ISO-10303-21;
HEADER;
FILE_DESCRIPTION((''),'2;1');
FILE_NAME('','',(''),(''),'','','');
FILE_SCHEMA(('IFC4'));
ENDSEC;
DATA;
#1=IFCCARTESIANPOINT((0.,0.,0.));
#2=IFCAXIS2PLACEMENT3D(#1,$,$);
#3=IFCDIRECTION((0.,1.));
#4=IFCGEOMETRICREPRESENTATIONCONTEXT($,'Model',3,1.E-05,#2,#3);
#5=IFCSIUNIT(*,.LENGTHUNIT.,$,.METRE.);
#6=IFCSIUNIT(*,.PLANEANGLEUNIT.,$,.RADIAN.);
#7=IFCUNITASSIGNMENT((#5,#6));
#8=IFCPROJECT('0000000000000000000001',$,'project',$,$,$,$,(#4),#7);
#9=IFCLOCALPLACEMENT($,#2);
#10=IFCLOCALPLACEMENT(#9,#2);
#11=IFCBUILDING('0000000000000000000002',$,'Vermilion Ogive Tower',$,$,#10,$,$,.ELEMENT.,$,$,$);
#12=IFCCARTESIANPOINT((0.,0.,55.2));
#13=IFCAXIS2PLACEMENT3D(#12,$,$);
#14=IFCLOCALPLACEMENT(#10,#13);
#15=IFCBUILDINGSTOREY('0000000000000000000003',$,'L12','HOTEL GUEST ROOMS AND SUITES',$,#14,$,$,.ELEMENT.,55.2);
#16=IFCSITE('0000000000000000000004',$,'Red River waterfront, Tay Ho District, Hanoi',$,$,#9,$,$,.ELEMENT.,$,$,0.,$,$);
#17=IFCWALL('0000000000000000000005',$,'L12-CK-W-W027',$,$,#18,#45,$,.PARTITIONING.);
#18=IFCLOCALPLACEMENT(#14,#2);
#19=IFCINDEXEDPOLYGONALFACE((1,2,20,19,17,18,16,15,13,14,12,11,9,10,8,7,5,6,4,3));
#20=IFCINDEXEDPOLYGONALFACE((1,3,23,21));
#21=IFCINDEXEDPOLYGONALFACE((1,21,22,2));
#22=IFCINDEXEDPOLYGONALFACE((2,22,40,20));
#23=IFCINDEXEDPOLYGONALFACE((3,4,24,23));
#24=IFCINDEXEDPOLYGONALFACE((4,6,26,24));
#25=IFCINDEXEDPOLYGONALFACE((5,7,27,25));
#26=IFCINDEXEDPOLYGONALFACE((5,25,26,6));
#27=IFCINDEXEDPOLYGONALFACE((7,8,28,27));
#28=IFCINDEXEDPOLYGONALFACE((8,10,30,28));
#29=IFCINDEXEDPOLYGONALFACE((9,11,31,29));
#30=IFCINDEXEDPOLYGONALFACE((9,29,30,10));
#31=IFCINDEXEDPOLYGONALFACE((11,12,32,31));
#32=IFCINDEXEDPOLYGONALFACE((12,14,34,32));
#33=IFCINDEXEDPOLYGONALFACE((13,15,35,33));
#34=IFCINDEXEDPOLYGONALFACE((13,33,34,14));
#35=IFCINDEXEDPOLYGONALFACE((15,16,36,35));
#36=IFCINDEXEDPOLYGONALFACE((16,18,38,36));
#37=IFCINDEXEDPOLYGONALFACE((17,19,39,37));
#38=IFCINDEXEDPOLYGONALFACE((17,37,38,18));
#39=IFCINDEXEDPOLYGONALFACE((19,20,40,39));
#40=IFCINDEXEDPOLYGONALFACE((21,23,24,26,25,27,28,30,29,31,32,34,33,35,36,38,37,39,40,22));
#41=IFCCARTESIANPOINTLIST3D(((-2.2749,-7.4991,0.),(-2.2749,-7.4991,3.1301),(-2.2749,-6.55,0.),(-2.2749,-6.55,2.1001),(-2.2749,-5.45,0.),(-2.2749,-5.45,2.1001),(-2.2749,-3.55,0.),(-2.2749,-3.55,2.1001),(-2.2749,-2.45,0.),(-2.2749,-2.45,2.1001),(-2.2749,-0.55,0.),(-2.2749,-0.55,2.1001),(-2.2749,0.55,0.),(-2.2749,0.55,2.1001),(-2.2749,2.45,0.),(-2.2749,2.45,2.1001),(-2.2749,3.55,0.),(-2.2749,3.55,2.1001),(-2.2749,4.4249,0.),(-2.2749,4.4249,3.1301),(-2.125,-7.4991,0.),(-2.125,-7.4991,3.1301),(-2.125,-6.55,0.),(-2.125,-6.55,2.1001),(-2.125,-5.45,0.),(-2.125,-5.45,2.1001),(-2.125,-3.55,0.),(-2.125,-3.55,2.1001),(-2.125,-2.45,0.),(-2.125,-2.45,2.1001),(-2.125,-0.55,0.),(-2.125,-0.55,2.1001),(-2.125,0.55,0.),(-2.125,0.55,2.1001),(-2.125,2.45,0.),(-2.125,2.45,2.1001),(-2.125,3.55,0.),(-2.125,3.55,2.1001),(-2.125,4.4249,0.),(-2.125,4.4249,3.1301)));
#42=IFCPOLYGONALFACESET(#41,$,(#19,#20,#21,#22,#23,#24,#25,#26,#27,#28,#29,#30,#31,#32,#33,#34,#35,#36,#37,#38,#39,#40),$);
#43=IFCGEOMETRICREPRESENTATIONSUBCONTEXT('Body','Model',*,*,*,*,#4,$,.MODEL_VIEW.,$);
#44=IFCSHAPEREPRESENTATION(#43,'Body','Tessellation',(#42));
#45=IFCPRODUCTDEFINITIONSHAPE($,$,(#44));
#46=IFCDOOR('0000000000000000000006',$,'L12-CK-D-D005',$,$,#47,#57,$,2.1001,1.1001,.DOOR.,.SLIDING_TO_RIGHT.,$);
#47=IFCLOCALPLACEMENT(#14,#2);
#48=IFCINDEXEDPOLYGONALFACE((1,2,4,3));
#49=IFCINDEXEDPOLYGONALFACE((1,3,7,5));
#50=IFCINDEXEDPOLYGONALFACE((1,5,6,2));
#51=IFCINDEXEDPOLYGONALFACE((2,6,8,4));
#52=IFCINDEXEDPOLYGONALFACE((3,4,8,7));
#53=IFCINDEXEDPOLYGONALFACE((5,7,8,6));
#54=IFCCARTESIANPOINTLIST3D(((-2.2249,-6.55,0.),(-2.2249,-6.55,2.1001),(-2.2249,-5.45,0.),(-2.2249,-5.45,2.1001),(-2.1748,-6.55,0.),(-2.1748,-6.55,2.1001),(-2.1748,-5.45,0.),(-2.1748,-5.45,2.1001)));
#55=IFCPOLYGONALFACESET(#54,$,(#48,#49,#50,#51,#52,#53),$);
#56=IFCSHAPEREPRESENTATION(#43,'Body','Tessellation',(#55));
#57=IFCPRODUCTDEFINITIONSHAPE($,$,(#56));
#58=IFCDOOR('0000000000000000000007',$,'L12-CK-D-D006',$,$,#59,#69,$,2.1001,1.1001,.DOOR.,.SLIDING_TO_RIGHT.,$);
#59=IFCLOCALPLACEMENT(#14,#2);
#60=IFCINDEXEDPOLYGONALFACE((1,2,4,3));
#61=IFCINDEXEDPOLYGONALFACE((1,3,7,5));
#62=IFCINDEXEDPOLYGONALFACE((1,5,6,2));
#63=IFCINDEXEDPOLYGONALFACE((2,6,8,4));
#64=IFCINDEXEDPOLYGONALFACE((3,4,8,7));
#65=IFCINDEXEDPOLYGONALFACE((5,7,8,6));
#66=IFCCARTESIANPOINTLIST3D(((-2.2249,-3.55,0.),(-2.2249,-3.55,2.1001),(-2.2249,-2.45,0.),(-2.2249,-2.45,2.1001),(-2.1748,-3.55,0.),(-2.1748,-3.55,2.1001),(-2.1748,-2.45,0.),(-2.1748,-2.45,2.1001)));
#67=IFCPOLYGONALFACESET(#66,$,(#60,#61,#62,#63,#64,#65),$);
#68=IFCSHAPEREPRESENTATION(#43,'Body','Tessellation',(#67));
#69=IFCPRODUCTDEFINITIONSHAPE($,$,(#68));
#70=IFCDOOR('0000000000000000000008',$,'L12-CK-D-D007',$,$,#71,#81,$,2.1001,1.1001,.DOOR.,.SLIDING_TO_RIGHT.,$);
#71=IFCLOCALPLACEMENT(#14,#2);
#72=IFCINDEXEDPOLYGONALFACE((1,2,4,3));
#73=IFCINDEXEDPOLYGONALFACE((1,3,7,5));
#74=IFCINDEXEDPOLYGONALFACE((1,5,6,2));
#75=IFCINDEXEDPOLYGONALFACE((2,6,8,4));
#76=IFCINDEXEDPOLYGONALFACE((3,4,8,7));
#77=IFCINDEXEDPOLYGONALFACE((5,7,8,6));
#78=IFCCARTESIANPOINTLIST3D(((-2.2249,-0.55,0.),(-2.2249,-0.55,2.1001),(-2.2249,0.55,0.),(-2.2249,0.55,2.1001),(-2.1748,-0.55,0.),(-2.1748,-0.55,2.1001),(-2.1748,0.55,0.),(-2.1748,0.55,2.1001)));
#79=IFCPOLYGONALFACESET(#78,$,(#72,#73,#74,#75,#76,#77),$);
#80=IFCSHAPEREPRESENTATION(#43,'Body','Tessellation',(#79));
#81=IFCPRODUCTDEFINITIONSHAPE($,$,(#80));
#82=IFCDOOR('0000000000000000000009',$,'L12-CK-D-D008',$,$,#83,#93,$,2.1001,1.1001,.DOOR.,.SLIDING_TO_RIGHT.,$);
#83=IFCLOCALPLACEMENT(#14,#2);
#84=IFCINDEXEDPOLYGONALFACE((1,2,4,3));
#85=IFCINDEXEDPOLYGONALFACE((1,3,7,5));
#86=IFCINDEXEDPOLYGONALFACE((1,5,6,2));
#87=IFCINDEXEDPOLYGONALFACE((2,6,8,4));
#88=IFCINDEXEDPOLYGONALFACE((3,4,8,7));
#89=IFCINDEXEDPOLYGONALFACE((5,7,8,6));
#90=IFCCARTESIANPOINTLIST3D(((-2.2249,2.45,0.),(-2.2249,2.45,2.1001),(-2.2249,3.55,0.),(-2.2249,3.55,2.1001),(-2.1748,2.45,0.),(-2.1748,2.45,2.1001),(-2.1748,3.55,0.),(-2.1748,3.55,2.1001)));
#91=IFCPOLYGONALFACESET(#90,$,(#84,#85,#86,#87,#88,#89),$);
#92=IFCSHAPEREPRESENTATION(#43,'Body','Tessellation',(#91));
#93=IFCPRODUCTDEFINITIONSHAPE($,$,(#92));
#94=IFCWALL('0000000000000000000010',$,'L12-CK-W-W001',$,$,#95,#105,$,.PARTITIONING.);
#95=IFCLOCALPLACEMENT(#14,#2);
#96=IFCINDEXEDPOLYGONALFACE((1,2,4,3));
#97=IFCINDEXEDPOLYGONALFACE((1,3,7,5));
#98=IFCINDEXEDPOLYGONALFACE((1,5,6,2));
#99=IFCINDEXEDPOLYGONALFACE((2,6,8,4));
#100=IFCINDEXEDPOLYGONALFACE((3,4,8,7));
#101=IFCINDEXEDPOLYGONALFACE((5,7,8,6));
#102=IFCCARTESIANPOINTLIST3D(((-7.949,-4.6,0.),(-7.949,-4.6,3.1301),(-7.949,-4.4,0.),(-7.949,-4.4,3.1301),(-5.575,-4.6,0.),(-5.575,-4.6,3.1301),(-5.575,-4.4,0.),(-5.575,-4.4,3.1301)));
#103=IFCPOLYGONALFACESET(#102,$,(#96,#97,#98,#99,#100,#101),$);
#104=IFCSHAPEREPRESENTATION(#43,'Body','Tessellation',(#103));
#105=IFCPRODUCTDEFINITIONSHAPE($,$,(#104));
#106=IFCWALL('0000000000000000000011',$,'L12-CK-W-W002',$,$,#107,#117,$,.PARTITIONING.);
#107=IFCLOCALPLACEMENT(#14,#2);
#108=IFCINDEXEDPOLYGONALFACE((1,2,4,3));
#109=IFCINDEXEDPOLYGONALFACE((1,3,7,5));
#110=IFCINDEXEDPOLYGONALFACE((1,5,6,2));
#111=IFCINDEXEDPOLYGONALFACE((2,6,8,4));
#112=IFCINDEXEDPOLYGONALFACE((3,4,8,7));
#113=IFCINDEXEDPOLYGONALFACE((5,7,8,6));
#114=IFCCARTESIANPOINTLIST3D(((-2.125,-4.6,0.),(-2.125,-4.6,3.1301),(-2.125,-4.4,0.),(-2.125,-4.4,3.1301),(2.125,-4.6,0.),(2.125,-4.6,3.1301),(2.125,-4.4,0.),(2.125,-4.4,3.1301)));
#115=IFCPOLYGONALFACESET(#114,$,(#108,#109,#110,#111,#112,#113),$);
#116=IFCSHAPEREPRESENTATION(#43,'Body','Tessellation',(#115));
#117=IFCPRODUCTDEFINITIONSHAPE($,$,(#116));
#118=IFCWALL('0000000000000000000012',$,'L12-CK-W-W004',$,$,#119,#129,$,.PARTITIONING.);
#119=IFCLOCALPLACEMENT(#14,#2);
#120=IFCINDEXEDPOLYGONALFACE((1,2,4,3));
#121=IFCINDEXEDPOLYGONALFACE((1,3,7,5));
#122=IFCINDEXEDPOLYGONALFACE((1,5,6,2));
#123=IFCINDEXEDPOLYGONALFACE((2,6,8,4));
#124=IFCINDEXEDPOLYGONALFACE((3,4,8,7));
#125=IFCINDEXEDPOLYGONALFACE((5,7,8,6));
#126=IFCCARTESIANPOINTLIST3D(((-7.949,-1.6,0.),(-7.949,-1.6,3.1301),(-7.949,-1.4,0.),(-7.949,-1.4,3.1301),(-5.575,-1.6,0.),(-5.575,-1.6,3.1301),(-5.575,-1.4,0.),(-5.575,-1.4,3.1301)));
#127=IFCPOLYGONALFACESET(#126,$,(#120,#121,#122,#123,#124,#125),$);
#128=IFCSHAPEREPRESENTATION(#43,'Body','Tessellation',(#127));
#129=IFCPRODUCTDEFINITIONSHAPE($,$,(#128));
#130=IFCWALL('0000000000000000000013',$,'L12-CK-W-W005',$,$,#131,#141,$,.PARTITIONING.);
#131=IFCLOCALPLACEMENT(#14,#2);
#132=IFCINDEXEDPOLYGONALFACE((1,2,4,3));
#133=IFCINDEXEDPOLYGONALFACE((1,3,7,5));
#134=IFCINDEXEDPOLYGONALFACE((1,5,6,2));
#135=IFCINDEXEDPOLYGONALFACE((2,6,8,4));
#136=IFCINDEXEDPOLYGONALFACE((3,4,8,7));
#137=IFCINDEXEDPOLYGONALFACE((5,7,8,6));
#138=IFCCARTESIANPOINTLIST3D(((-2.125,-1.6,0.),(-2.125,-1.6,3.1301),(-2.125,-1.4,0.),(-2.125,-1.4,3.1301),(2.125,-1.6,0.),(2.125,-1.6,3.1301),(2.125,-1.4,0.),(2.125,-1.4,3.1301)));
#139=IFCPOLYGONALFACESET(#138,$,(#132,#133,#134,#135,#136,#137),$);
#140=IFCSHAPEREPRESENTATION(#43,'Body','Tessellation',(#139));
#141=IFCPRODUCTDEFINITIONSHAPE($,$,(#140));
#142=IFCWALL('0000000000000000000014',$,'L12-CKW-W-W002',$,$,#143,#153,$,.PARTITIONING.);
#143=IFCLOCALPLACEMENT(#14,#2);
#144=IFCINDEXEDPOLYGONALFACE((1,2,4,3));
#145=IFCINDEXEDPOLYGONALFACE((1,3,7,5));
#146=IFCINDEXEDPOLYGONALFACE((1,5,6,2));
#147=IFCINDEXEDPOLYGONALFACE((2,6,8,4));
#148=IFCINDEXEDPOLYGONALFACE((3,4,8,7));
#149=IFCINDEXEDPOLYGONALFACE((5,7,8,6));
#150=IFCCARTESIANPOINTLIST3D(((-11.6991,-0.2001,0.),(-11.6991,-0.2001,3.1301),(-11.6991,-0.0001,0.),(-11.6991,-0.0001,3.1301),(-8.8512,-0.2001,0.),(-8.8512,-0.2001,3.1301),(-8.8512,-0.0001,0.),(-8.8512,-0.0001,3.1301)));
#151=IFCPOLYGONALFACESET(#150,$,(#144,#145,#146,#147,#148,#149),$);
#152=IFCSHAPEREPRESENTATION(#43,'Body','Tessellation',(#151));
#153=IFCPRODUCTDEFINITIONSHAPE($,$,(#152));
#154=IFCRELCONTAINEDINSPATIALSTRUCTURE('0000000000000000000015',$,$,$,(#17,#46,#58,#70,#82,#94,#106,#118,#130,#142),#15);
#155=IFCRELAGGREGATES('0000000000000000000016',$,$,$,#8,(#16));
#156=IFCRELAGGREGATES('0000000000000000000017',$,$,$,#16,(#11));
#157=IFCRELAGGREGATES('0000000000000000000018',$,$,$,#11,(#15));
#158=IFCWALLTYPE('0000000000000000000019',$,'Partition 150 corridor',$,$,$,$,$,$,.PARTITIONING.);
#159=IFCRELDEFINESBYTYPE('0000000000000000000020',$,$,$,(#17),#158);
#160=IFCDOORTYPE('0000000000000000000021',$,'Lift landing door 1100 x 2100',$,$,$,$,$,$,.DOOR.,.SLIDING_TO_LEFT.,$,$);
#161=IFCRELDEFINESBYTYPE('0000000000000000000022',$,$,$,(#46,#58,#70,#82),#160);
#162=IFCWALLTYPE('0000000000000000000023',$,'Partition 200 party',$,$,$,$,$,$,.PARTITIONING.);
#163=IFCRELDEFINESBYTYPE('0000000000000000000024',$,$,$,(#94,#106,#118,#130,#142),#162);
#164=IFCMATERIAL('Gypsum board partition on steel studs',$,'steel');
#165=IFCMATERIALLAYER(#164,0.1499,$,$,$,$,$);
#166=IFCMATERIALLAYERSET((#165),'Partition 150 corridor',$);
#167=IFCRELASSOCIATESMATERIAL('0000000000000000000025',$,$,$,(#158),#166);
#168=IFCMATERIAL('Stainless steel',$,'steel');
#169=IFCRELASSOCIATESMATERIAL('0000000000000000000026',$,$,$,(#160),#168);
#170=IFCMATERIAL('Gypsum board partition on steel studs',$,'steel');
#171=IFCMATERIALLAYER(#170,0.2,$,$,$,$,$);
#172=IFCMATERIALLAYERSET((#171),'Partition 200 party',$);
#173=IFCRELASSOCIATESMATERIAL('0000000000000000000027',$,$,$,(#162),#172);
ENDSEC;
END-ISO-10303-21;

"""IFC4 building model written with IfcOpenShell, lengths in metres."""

from ifc_helpers import new_model, si_unit, direction, frame, frame_2d, origin, place, context, subcontext, project, spatial, rectangle, extrude, material, layer, layer_set, type_object, element, fill, save


model = new_model("IFC4")

# Units and contexts
model_context = context("Model", 3, precision=1e-05, world=origin(), true_north=direction((0.0, 1.0)))
body_context = subcontext(model_context, "Body", "Model", "MODEL_VIEW")
ifc_project = project(units=[si_unit("LENGTHUNIT", "METRE"), si_unit("PLANEANGLEUNIT", "RADIAN")], contexts=[model_context])

# Site, building, storey
site_placement = place(None, origin())
site = spatial("IfcSite", under=ifc_project, at=site_placement, Name="Red River waterfront, Tay Ho District, Hanoi", CompositionType="ELEMENT", RefElevation=0.0)
building_placement = place(site_placement, origin())
building = spatial("IfcBuilding", under=site, at=building_placement, Name="Vermilion Ogive Tower", CompositionType="ELEMENT")
storey_placement = place(building_placement, frame((0.0, 0.0, 55.2)))
storey = spatial("IfcBuildingStorey", under=building, at=storey_placement, Name="L12", Description="HOTEL GUEST ROOMS AND SUITES", CompositionType="ELEMENT", Elevation=55.2)

# Wall, openings, doors
ifc_material_1 = material(Name="Gypsum board partition on steel studs", Category="steel")
ifc_layer_1 = layer(ifc_material_1, 0.1499)
ifc_layer_set_1 = layer_set([ifc_layer_1], Name="Partition 150 corridor")
wall_type_1 = type_object("IfcWallType", Name="Partition 150 corridor", PredefinedType="PARTITIONING", material=ifc_layer_set_1)
ifc_material_2 = material(Name="Stainless steel", Category="steel")
door_type_1 = type_object("IfcDoorType", Name="Lift landing door 1100 x 2100", OperationType="SLIDING_TO_LEFT", PredefinedType="DOOR", material=ifc_material_2)
wall_1_placement = place(storey_placement, frame((-2.2, -7.499, 0.0), z_axis=(0.0, 0.0, 1.0), x_axis=(0.0, 1.0, 0.0)))
wall_1 = element("IfcWall", 1, at=wall_1_placement, inside=storey, type_object=wall_type_1, Name="L12-CK-W-W027", PredefinedType="PARTITIONING", context=body_context, shape_type="SweptSolid", body=[
    extrude(rectangle(XDim=11.9241, YDim=0.1499, at=frame_2d((5.9619, 0.0))), origin(), (0.0, 0.0, 1.0), 3.1301),
])
opening_1_placement = place(wall_1_placement, frame((0.949, 0.0, 0.0)))
opening_1 = element("IfcOpeningElement", 2, at=opening_1_placement, cuts=wall_1, PredefinedType="OPENING", context=body_context, shape_type="SweptSolid", body=[
    extrude(rectangle(XDim=1.1001, YDim=2.1001, at=frame_2d((0.55, 1.05))), frame((0.0, 0.085, 0.0), z_axis=(0.0, -1.0, 0.0), x_axis=(1.0, 0.0, 0.0)), (0.0, 0.0, 1.0), 0.1699),
])
opening_2_placement = place(wall_1_placement, frame((3.949, 0.0, 0.0)))
opening_2 = element("IfcOpeningElement", 3, at=opening_2_placement, cuts=wall_1, PredefinedType="OPENING", context=body_context, shape_type="SweptSolid", body=[
    extrude(rectangle(XDim=1.1001, YDim=2.1001, at=frame_2d((0.55, 1.05))), frame((0.0, 0.085, 0.0), z_axis=(0.0, -1.0, 0.0), x_axis=(1.0, 0.0, 0.0)), (0.0, 0.0, 1.0), 0.1699),
])
opening_3_placement = place(wall_1_placement, frame((6.949, 0.0, 0.0)))
opening_3 = element("IfcOpeningElement", 4, at=opening_3_placement, cuts=wall_1, PredefinedType="OPENING", context=body_context, shape_type="SweptSolid", body=[
    extrude(rectangle(XDim=1.1001, YDim=2.1001, at=frame_2d((0.55, 1.05))), frame((0.0, 0.085, 0.0), z_axis=(0.0, -1.0, 0.0), x_axis=(1.0, 0.0, 0.0)), (0.0, 0.0, 1.0), 0.1699),
])
opening_4_placement = place(wall_1_placement, frame((9.949, 0.0, 0.0)))
opening_4 = element("IfcOpeningElement", 5, at=opening_4_placement, cuts=wall_1, PredefinedType="OPENING", context=body_context, shape_type="SweptSolid", body=[
    extrude(rectangle(XDim=1.1001, YDim=2.1001, at=frame_2d((0.55, 1.05))), frame((0.0, 0.085, 0.0), z_axis=(0.0, -1.0, 0.0), x_axis=(1.0, 0.0, 0.0)), (0.0, 0.0, 1.0), 0.1699),
])
door_1_placement = place(opening_1_placement, origin())
door_1 = element("IfcDoor", 6, at=door_1_placement, inside=storey, type_object=door_type_1, Name="L12-CK-D-D005", OperationType="SLIDING_TO_RIGHT", OverallHeight=2.1001, OverallWidth=1.1001, PredefinedType="DOOR", context=body_context, shape_type="SweptSolid", body=[
    extrude(rectangle(XDim=1.1001, YDim=2.1001, at=frame_2d((0.55, 1.05))), frame((0.0, 0.0249, 0.0), z_axis=(0.0, -1.0, 0.0), x_axis=(1.0, 0.0, 0.0)), (0.0, 0.0, 1.0), 0.05),
])
fill(opening_1, door_1)
door_2_placement = place(opening_2_placement, origin())
door_2 = element("IfcDoor", 7, at=door_2_placement, inside=storey, type_object=door_type_1, Name="L12-CK-D-D006", OperationType="SLIDING_TO_RIGHT", OverallHeight=2.1001, OverallWidth=1.1001, PredefinedType="DOOR", context=body_context, shape_type="SweptSolid", body=[
    extrude(rectangle(XDim=1.1001, YDim=2.1001, at=frame_2d((0.55, 1.05))), frame((0.0, 0.0249, 0.0), z_axis=(0.0, -1.0, 0.0), x_axis=(1.0, 0.0, 0.0)), (0.0, 0.0, 1.0), 0.05),
])
fill(opening_2, door_2)
door_3_placement = place(opening_3_placement, origin())
door_3 = element("IfcDoor", 8, at=door_3_placement, inside=storey, type_object=door_type_1, Name="L12-CK-D-D007", OperationType="SLIDING_TO_RIGHT", OverallHeight=2.1001, OverallWidth=1.1001, PredefinedType="DOOR", context=body_context, shape_type="SweptSolid", body=[
    extrude(rectangle(XDim=1.1001, YDim=2.1001, at=frame_2d((0.55, 1.05))), frame((0.0, 0.0249, 0.0), z_axis=(0.0, -1.0, 0.0), x_axis=(1.0, 0.0, 0.0)), (0.0, 0.0, 1.0), 0.05),
])
fill(opening_3, door_3)
door_4_placement = place(opening_4_placement, origin())
door_4 = element("IfcDoor", 9, at=door_4_placement, inside=storey, type_object=door_type_1, Name="L12-CK-D-D008", OperationType="SLIDING_TO_RIGHT", OverallHeight=2.1001, OverallWidth=1.1001, PredefinedType="DOOR", context=body_context, shape_type="SweptSolid", body=[
    extrude(rectangle(XDim=1.1001, YDim=2.1001, at=frame_2d((0.55, 1.05))), frame((0.0, 0.0249, 0.0), z_axis=(0.0, -1.0, 0.0), x_axis=(1.0, 0.0, 0.0)), (0.0, 0.0, 1.0), 0.05),
])
fill(opening_4, door_4)

# Walls
ifc_material_3 = material(Name="Gypsum board partition on steel studs", Category="steel")
ifc_layer_2 = layer(ifc_material_3, 0.2)
ifc_layer_set_2 = layer_set([ifc_layer_2], Name="Partition 200 party")
wall_type_2 = type_object("IfcWallType", Name="Partition 200 party", PredefinedType="PARTITIONING", material=ifc_layer_set_2)
wall_2_placement = place(storey_placement, frame((-7.949, -4.5, 0.0), z_axis=(0.0, 0.0, 1.0), x_axis=(1.0, 0.0, 0.0)))
element("IfcWall", 10, at=wall_2_placement, inside=storey, type_object=wall_type_2, Name="L12-CK-W-W001", PredefinedType="PARTITIONING", context=body_context, shape_type="SweptSolid", body=[
    extrude(rectangle(XDim=2.374, YDim=0.2, at=frame_2d((1.187, 0.0))), origin(), (0.0, 0.0, 1.0), 3.1301),
])
wall_3_placement = place(storey_placement, frame((-2.125, -4.5, 0.0), z_axis=(0.0, 0.0, 1.0), x_axis=(1.0, 0.0, 0.0)))
element("IfcWall", 11, at=wall_3_placement, inside=storey, type_object=wall_type_2, Name="L12-CK-W-W002", PredefinedType="PARTITIONING", context=body_context, shape_type="SweptSolid", body=[
    extrude(rectangle(XDim=4.25, YDim=0.2, at=frame_2d((2.125, 0.0))), origin(), (0.0, 0.0, 1.0), 3.1301),
])
wall_4_placement = place(storey_placement, frame((-7.949, -1.5, 0.0), z_axis=(0.0, 0.0, 1.0), x_axis=(1.0, 0.0, 0.0)))
element("IfcWall", 12, at=wall_4_placement, inside=storey, type_object=wall_type_2, Name="L12-CK-W-W004", PredefinedType="PARTITIONING", context=body_context, shape_type="SweptSolid", body=[
    extrude(rectangle(XDim=2.374, YDim=0.2, at=frame_2d((1.187, 0.0))), origin(), (0.0, 0.0, 1.0), 3.1301),
])
wall_5_placement = place(storey_placement, frame((-2.125, -1.5, 0.0), z_axis=(0.0, 0.0, 1.0), x_axis=(1.0, 0.0, 0.0)))
element("IfcWall", 13, at=wall_5_placement, inside=storey, type_object=wall_type_2, Name="L12-CK-W-W005", PredefinedType="PARTITIONING", context=body_context, shape_type="SweptSolid", body=[
    extrude(rectangle(XDim=4.25, YDim=0.2, at=frame_2d((2.125, 0.0))), origin(), (0.0, 0.0, 1.0), 3.1301),
])
wall_6_placement = place(storey_placement, frame((-11.699, -0.1001, 0.0), z_axis=(0.0, 0.0, 1.0), x_axis=(1.0, 0.0, 0.0)))
element("IfcWall", 14, at=wall_6_placement, inside=storey, type_object=wall_type_2, Name="L12-CKW-W-W002", PredefinedType="PARTITIONING", context=body_context, shape_type="SweptSolid", body=[
    extrude(rectangle(XDim=2.8479, YDim=0.2, at=frame_2d((1.4238, 0.0))), origin(), (0.0, 0.0, 1.0), 3.1301),
])

save(model, "model.ifc")
